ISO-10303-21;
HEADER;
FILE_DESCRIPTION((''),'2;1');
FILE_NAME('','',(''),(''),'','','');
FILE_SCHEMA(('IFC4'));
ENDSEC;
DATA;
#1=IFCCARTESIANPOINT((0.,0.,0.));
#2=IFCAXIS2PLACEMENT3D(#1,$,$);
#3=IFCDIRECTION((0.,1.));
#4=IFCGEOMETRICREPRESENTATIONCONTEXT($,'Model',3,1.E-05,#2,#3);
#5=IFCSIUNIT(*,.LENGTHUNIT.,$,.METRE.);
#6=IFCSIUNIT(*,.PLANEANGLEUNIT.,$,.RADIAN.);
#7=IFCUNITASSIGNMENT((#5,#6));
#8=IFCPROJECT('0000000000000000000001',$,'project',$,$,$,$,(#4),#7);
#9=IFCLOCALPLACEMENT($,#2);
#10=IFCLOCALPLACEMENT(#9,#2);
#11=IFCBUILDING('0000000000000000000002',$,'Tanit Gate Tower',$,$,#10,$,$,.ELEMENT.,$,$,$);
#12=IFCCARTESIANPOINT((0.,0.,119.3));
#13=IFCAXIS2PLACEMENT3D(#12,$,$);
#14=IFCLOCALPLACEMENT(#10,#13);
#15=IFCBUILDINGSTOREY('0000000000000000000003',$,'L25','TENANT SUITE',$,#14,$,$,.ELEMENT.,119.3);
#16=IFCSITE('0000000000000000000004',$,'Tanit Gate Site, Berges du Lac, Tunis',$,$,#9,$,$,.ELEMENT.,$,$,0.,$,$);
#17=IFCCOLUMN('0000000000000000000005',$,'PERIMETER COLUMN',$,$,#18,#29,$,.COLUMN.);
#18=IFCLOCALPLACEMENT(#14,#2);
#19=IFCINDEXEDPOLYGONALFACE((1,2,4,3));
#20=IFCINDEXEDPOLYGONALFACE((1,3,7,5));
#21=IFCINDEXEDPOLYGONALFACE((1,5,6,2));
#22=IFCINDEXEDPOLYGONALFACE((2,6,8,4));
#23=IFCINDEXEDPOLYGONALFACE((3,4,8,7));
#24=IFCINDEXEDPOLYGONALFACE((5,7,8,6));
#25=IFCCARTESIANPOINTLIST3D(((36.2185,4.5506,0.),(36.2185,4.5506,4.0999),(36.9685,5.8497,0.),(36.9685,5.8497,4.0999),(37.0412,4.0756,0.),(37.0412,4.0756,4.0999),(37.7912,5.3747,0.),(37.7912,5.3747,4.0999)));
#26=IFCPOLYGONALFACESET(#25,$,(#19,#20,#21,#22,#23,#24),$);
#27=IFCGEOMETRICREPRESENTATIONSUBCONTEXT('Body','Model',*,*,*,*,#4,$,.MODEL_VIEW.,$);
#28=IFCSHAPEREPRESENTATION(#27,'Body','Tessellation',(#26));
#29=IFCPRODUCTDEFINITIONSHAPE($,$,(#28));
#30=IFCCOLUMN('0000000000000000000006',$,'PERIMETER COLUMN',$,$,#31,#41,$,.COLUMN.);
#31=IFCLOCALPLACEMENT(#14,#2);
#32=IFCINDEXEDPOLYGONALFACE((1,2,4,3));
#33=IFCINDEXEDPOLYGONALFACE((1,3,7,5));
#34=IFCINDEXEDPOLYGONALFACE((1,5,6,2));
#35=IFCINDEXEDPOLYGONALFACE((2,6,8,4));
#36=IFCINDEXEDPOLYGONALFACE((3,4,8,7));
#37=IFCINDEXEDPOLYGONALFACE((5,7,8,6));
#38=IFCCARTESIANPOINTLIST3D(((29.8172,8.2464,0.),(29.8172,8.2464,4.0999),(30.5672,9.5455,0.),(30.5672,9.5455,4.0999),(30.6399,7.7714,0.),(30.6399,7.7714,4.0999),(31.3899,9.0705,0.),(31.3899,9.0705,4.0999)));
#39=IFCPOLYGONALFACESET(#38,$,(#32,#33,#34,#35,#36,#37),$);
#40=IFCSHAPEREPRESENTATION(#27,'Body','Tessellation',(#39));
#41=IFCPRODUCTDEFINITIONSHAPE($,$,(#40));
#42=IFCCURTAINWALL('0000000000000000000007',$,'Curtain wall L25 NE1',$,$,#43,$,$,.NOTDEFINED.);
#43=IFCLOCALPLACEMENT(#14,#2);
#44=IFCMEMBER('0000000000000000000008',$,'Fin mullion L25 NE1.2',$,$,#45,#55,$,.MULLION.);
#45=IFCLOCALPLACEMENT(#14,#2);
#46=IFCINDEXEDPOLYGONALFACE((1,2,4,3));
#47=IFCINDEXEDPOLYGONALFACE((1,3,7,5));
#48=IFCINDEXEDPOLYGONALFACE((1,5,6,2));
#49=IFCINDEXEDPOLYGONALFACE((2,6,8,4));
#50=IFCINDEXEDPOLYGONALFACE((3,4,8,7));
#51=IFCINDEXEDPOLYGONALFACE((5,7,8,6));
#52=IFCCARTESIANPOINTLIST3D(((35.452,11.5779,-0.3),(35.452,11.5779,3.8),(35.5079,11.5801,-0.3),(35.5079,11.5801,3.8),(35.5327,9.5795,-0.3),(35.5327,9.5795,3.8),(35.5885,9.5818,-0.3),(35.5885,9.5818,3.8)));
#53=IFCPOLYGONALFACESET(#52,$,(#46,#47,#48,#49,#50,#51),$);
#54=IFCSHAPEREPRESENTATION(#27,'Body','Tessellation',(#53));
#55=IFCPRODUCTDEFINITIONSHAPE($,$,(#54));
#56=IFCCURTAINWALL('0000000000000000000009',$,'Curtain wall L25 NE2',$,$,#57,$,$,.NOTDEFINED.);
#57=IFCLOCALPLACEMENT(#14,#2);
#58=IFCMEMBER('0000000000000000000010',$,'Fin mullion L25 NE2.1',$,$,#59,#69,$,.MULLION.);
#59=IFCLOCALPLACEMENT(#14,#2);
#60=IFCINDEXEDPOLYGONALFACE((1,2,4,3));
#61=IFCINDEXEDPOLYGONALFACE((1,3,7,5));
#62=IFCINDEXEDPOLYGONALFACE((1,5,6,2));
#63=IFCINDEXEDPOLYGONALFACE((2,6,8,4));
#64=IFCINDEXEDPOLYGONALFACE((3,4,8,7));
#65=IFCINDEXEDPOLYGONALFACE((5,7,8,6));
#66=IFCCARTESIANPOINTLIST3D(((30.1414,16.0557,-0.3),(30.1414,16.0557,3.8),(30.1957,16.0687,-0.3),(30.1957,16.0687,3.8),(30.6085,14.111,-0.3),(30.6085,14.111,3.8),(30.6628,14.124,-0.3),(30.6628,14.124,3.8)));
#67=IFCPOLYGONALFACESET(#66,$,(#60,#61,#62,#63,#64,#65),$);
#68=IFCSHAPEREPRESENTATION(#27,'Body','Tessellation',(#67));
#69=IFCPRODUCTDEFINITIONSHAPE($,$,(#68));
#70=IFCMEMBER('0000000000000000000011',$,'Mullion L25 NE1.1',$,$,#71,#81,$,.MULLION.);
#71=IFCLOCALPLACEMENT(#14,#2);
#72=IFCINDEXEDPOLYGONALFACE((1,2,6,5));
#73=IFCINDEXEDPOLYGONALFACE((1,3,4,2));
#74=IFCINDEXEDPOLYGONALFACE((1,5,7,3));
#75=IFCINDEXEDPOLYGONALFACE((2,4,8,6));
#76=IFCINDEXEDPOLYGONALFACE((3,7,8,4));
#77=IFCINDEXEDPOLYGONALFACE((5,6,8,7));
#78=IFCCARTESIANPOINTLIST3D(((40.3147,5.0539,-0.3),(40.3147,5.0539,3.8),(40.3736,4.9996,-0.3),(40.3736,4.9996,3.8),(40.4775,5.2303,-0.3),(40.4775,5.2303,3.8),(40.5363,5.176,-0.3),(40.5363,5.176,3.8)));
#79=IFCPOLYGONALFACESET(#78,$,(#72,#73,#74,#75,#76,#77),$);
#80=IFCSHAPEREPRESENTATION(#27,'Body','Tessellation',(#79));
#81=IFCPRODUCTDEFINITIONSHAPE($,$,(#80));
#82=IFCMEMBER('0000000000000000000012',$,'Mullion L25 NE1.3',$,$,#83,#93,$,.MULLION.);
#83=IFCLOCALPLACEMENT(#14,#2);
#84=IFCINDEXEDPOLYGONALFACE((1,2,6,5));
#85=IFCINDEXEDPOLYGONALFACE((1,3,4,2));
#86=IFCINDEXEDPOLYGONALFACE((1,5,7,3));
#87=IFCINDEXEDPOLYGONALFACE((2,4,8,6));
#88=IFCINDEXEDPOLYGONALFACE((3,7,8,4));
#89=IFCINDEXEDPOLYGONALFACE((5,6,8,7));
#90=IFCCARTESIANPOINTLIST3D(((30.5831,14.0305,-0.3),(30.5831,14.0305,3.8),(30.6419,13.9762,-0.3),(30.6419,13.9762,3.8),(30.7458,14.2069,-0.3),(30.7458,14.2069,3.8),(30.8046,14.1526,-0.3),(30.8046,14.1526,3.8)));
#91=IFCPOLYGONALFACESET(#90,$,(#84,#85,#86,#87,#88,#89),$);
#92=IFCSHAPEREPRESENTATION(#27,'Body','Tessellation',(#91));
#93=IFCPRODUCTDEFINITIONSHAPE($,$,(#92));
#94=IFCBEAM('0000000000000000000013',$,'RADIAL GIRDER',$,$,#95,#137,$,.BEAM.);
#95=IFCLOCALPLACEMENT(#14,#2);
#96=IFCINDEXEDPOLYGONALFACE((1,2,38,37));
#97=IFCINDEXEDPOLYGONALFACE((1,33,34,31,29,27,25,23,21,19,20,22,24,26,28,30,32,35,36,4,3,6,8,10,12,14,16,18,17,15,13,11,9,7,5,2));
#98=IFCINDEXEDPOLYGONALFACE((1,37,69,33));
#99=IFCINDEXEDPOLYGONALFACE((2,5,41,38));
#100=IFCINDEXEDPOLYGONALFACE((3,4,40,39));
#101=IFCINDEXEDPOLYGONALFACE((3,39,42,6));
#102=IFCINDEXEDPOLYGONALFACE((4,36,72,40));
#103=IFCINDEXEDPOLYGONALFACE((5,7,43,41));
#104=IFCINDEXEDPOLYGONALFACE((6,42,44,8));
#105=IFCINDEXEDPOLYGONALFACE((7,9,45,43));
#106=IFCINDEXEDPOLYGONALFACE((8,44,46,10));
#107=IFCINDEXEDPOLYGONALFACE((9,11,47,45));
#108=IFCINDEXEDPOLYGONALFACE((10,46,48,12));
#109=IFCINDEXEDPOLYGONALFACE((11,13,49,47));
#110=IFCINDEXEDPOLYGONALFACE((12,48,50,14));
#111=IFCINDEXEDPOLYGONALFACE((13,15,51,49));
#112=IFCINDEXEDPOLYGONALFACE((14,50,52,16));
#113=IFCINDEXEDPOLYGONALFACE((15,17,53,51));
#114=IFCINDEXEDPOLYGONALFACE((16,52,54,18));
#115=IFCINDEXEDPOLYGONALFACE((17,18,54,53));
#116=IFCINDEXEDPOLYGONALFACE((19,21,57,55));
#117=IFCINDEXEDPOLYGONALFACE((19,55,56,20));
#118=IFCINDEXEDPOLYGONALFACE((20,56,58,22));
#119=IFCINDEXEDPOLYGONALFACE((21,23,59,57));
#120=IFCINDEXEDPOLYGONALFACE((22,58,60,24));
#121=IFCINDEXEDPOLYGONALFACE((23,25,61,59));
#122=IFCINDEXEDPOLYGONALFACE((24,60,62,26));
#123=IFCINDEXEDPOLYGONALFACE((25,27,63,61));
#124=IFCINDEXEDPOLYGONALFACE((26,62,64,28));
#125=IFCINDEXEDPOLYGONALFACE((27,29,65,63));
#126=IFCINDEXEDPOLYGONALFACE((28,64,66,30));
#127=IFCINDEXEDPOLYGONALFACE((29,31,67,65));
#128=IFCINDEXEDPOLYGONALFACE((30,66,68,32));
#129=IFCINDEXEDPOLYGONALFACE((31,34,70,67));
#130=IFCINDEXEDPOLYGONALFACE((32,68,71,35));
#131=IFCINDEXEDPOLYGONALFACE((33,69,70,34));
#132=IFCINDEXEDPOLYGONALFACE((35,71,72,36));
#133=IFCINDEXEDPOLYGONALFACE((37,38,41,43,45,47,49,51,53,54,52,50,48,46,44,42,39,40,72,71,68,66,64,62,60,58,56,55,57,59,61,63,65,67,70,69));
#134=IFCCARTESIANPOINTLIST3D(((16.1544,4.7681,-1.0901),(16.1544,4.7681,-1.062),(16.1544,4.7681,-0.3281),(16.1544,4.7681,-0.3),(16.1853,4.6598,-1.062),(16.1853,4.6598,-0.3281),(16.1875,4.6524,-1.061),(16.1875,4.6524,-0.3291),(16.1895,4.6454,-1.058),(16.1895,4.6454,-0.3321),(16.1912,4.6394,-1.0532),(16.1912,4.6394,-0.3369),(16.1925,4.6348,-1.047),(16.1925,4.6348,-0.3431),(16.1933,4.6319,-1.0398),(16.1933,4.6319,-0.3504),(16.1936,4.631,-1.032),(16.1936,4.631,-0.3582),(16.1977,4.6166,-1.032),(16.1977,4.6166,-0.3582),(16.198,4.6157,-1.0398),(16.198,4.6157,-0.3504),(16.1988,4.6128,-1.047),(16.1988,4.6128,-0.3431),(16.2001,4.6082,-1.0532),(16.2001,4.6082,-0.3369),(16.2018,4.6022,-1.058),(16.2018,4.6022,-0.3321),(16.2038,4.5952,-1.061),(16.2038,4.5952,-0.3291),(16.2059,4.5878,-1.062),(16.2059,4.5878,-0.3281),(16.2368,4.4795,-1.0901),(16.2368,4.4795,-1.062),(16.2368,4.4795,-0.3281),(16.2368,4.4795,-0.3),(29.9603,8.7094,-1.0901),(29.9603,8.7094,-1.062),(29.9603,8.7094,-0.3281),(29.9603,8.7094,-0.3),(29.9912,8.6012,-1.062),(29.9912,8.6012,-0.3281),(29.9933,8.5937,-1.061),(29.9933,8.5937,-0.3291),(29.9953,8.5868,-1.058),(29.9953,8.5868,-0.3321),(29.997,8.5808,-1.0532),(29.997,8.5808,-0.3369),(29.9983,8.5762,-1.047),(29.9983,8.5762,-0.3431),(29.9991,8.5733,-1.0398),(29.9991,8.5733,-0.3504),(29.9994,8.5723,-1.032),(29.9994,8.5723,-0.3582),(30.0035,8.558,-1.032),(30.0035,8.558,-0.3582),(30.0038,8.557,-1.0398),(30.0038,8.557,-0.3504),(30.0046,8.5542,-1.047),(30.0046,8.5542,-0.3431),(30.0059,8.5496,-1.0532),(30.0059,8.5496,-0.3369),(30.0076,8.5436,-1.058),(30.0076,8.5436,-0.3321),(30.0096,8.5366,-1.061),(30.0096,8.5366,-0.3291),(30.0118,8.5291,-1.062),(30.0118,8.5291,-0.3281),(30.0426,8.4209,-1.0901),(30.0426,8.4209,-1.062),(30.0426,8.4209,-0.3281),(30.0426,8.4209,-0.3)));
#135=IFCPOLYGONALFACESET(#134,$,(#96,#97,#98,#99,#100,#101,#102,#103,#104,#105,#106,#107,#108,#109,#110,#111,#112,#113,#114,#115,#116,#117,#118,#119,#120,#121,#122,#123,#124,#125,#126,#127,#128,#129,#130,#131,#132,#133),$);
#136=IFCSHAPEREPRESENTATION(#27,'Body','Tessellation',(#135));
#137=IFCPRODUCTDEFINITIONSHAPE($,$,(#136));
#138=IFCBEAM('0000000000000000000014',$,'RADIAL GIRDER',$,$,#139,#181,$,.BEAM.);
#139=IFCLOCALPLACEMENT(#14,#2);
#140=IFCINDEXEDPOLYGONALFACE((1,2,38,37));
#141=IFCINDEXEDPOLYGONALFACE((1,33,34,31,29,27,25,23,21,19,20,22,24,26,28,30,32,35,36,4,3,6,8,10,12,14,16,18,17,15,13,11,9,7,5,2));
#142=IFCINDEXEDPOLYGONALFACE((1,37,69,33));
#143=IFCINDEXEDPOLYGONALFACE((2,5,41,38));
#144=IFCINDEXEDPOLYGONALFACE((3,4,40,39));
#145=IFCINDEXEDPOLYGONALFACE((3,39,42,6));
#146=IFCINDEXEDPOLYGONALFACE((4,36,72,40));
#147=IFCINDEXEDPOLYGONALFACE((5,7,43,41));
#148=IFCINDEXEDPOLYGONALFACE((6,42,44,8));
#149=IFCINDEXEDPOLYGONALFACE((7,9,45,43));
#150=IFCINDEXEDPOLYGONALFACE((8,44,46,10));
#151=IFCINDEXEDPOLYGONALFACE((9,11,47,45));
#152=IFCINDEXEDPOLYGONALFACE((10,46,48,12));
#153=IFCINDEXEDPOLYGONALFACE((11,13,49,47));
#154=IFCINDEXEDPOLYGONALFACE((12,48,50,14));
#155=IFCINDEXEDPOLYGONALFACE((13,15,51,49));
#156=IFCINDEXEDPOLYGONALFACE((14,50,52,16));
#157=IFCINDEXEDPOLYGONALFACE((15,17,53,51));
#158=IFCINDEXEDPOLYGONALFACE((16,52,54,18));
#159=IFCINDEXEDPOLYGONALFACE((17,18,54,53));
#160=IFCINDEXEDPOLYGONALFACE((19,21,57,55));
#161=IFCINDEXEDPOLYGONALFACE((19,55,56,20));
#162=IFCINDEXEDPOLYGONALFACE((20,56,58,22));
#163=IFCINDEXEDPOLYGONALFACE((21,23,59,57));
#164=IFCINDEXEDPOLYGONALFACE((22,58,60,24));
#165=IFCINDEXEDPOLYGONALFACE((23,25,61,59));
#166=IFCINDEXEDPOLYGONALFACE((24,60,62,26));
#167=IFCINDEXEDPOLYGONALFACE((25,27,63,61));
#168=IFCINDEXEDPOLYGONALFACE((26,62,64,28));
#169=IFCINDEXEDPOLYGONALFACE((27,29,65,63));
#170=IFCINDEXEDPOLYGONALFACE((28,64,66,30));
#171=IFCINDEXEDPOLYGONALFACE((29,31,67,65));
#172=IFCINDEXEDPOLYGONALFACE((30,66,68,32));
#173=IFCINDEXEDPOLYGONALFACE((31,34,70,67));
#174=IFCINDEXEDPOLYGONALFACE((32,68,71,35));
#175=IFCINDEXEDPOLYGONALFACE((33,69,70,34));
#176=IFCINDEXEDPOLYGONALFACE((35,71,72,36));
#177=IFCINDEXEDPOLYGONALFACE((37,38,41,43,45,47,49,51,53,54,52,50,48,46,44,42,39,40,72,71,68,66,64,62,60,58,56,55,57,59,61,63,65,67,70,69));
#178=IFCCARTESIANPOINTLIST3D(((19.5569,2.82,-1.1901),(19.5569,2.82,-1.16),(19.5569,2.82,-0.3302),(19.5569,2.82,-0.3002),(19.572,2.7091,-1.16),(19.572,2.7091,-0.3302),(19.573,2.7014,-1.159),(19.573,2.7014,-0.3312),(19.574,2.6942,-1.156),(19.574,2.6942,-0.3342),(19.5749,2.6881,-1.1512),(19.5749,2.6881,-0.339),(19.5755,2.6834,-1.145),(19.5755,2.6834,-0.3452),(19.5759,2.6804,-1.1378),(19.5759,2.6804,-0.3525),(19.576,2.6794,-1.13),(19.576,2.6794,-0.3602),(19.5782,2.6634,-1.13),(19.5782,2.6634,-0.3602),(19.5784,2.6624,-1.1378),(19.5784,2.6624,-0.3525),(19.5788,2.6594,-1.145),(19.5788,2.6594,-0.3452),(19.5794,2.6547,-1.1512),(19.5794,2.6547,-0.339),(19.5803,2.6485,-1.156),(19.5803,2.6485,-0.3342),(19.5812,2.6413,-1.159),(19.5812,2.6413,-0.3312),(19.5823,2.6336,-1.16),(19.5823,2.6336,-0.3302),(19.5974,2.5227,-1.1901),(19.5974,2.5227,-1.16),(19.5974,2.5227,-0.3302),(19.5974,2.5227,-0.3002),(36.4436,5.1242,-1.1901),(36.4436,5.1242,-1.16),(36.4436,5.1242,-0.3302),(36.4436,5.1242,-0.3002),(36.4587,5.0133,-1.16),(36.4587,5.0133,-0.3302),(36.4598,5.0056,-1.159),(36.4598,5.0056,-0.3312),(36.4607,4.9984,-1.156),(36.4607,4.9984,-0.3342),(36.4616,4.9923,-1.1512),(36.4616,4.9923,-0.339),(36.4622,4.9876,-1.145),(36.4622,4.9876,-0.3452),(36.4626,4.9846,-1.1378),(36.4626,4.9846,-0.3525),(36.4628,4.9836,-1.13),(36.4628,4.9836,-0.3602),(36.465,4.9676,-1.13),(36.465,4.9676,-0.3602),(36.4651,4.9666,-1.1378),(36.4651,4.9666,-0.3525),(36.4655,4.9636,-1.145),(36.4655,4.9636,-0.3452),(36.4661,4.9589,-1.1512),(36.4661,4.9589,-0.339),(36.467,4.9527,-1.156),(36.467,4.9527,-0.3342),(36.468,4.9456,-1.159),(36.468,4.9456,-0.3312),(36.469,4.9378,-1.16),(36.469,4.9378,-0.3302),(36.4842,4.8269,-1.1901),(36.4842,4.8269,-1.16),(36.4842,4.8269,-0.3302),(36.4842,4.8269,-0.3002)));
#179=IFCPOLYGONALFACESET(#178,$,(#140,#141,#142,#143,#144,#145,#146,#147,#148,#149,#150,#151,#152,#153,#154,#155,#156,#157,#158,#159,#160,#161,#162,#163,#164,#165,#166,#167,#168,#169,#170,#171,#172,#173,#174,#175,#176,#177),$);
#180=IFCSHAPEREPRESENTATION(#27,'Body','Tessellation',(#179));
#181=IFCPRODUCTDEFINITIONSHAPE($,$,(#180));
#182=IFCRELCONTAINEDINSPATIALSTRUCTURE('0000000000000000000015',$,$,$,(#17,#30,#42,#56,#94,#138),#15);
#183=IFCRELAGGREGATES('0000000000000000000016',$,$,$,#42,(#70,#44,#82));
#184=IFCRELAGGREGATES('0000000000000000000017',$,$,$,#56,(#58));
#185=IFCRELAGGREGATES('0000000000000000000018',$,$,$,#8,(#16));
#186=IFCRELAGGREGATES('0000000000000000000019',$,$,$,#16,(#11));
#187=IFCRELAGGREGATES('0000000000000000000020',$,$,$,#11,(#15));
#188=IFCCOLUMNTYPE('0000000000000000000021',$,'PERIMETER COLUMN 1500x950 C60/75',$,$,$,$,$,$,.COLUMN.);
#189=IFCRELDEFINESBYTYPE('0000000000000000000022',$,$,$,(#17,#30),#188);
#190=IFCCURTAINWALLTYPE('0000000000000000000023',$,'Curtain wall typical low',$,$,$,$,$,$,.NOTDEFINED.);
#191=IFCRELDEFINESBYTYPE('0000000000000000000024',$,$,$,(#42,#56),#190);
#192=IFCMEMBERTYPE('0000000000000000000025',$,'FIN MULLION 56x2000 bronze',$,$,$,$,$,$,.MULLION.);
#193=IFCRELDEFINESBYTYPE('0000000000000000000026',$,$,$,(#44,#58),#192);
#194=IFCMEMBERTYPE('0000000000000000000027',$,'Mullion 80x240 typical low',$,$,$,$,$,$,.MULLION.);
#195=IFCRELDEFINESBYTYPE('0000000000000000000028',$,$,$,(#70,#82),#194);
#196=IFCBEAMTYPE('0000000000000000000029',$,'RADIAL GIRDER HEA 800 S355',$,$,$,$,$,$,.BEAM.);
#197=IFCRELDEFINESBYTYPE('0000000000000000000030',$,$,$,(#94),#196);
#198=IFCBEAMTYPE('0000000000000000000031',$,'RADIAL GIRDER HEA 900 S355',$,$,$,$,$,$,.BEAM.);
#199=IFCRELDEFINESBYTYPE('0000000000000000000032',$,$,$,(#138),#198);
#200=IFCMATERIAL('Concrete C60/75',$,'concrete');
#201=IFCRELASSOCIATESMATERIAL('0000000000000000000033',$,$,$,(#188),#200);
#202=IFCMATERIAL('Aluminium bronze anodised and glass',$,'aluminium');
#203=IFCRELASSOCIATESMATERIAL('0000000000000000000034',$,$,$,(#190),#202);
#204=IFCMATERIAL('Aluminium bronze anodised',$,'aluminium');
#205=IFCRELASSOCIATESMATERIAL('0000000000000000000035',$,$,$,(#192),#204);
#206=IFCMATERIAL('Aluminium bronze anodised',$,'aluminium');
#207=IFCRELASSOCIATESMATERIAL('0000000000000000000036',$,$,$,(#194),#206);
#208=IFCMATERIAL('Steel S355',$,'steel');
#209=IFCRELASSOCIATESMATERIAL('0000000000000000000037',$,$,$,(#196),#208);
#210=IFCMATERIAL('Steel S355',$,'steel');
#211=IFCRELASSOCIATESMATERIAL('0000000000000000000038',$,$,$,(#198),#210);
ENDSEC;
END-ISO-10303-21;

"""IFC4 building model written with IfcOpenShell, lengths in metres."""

from ifc_helpers import new_model, si_unit, direction, frame, origin, origin_2d, place, context, subcontext, project, spatial, rectangle, i_section, extrude, material, material_profile, profile_set, type_object, element, aggregate, save


model = new_model("IFC4")

# Units and contexts
model_context = context("Model", 3, precision=1e-05, world=origin(), true_north=direction((0.0, 1.0)))
body_context = subcontext(model_context, "Body", "Model", "MODEL_VIEW")
ifc_project = project(units=[si_unit("LENGTHUNIT", "METRE"), si_unit("PLANEANGLEUNIT", "RADIAN")], contexts=[model_context])

# Site, building, storey
site_placement = place(None, origin())
site = spatial("IfcSite", under=ifc_project, at=site_placement, Name="Tanit Gate Site, Berges du Lac, Tunis", CompositionType="ELEMENT", RefElevation=0.0)
building_placement = place(site_placement, origin())
building = spatial("IfcBuilding", under=site, at=building_placement, Name="Tanit Gate Tower", CompositionType="ELEMENT")
storey_placement = place(building_placement, frame((0.0, 0.0, 119.3)))
storey = spatial("IfcBuildingStorey", under=building, at=storey_placement, Name="L25", Description="TENANT SUITE", CompositionType="ELEMENT", Elevation=119.3)

# Columns
ifc_material_1 = material(Name="Concrete C60/75", Category="concrete")
ifc_material_profile_1 = material_profile(ifc_material_1, rectangle(XDim=1.5, YDim=0.95, at=origin_2d()), Name="RC 1500x950")
ifc_profile_set_1 = profile_set([ifc_material_profile_1], Name="Concrete C60/75")
column_type = type_object("IfcColumnType", Name="PERIMETER COLUMN 1500x950 C60/75", PredefinedType="COLUMN", material=ifc_profile_set_1)
for number, where, z_axis, x_axis, name in (
    (1, (37.0049, 4.9626, 0.0), (0.0, 0.0, 1.0), (0.5, 0.866025, 0.0), "PERIMETER COLUMN"),
    (2, (30.6035, 8.6584, 0.0), (0.0, 0.0, 1.0), (0.5, 0.866025, 0.0), "PERIMETER COLUMN"),
):
    element("IfcColumn", number, at=place(storey_placement, frame(where, z_axis=z_axis, x_axis=x_axis)), inside=storey, type_object=column_type, Name=name, PredefinedType="COLUMN", context=body_context, shape_type="SweptSolid", body=[
        extrude(rectangle(XDim=1.5, YDim=0.95, at=origin_2d()), origin(), (0.0, 0.0, 1.0), 4.0999),
    ])

# Curtain walls, members
ifc_material_2 = material(Name="Aluminium bronze anodised and glass", Category="aluminium")
curtain_wall_type = type_object("IfcCurtainWallType", Name="Curtain wall typical low", PredefinedType="NOTDEFINED", material=ifc_material_2)
curtain_wall_1_placement = place(storey_placement, origin())
curtain_wall_1 = element("IfcCurtainWall", 3, at=curtain_wall_1_placement, inside=storey, type_object=curtain_wall_type, Name="Curtain wall L25 NE1", PredefinedType="NOTDEFINED")
ifc_material_3 = material(Name="Aluminium bronze anodised", Category="aluminium")
ifc_material_profile_2 = material_profile(ifc_material_3, rectangle(XDim=2.0, YDim=0.0559, at=origin_2d()), Name="56x2000 bronze fin mullion")
ifc_profile_set_2 = profile_set([ifc_material_profile_2], Name="Aluminium bronze anodised")
member_type_1 = type_object("IfcMemberType", Name="FIN MULLION 56x2000 bronze", PredefinedType="MULLION", material=ifc_profile_set_2)
member_1_placement = place(storey_placement, frame((35.5203, 10.5798, -0.3), z_axis=(0.0, 0.0, 1.0), x_axis=(0.040326, -0.999187, 0.0)))
member_1 = element("IfcMember", 4, at=member_1_placement, type_object=member_type_1, Name="Fin mullion L25 NE1.2", PredefinedType="MULLION", context=body_context, shape_type="SweptSolid", body=[
    extrude(rectangle(XDim=2.0, YDim=0.0559, at=origin_2d()), origin(), (0.0, 0.0, 1.0), 4.1001),
])
curtain_wall_2_placement = place(storey_placement, origin())
curtain_wall_2 = element("IfcCurtainWall", 5, at=curtain_wall_2_placement, inside=storey, type_object=curtain_wall_type, Name="Curtain wall L25 NE2", PredefinedType="NOTDEFINED")
member_2_placement = place(storey_placement, frame((30.4021, 15.0898, -0.3), z_axis=(0.0, 0.0, 1.0), x_axis=(0.233557, -0.972343, 0.0)))
member_2 = element("IfcMember", 6, at=member_2_placement, type_object=member_type_1, Name="Fin mullion L25 NE2.1", PredefinedType="MULLION", context=body_context, shape_type="SweptSolid", body=[
    extrude(rectangle(XDim=2.0, YDim=0.0559, at=origin_2d()), origin(), (0.0, 0.0, 1.0), 4.1001),
])

# Members
ifc_material_4 = material(Name="Aluminium bronze anodised", Category="aluminium")
ifc_material_profile_3 = material_profile(ifc_material_4, rectangle(XDim=0.24, YDim=0.0801, at=origin_2d()), Name="80x240 bronze mullion")
ifc_profile_set_3 = profile_set([ifc_material_profile_3], Name="Aluminium bronze anodised")
member_type_2 = type_object("IfcMemberType", Name="Mullion 80x240 typical low", PredefinedType="MULLION", material=ifc_profile_set_3)
member_3_placement = place(storey_placement, frame((40.4255, 5.115, -0.3), z_axis=(0.0, 0.0, 1.0), x_axis=(-0.678017, -0.735046, 0.0)))
member_3 = element("IfcMember", 7, at=member_3_placement, type_object=member_type_2, Name="Mullion L25 NE1.1", PredefinedType="MULLION", context=body_context, shape_type="SweptSolid", body=[
    extrude(rectangle(XDim=0.24, YDim=0.0801, at=origin_2d()), origin(), (0.0, 0.0, 1.0), 4.1001),
])
member_4_placement = place(storey_placement, frame((30.6938, 14.0916, -0.3), z_axis=(0.0, 0.0, 1.0), x_axis=(-0.678017, -0.735046, 0.0)))
member_4 = element("IfcMember", 8, at=member_4_placement, type_object=member_type_2, Name="Mullion L25 NE1.3", PredefinedType="MULLION", context=body_context, shape_type="SweptSolid", body=[
    extrude(rectangle(XDim=0.24, YDim=0.0801, at=origin_2d()), origin(), (0.0, 0.0, 1.0), 4.1001),
])

# Beams
ifc_material_5 = material(Name="Steel S355", Category="steel")
ifc_material_profile_4 = material_profile(ifc_material_5, i_section(OverallWidth=0.3, OverallDepth=0.79, WebThickness=0.0149, FlangeThickness=0.0281, FilletRadius=0.03, at=origin_2d()), Name="HEA 800")
ifc_profile_set_4 = profile_set([ifc_material_profile_4], Name="Steel S355")
beam_type_1 = type_object("IfcBeamType", Name="RADIAL GIRDER HEA 800 S355", PredefinedType="BEAM", material=ifc_profile_set_4)
beam_1_placement = place(storey_placement, frame((30.0015, 8.5652, -0.6951), z_axis=(-0.961582, -0.274519, 0.0), x_axis=(0.274519, -0.961582, 0.0)))
element("IfcBeam", 9, at=beam_1_placement, inside=storey, type_object=beam_type_1, Name="RADIAL GIRDER", PredefinedType="BEAM", context=body_context, shape_type="SweptSolid", body=[
    extrude(i_section(OverallWidth=0.3, OverallDepth=0.79, WebThickness=0.0149, FlangeThickness=0.0281, FilletRadius=0.03, at=origin_2d()), origin(), (0.0, 0.0, 1.0), 14.3574),
])
ifc_material_6 = material(Name="Steel S355", Category="steel")
ifc_material_profile_5 = material_profile(ifc_material_6, i_section(OverallWidth=0.3, OverallDepth=0.8899, WebThickness=0.0161, FlangeThickness=0.03, FilletRadius=0.03, at=origin_2d()), Name="HEA 900")
ifc_profile_set_5 = profile_set([ifc_material_profile_5], Name="Steel S355")
beam_type_2 = type_object("IfcBeamType", Name="RADIAL GIRDER HEA 900 S355", PredefinedType="BEAM", material=ifc_profile_set_5)
beam_2_placement = place(storey_placement, frame((36.4639, 4.9756, -0.7451), z_axis=(-0.990819, -0.135198, 0.0), x_axis=(0.135198, -0.990819, 0.0)))
element("IfcBeam", 10, at=beam_2_placement, inside=storey, type_object=beam_type_2, Name="RADIAL GIRDER", PredefinedType="BEAM", context=body_context, shape_type="SweptSolid", body=[
    extrude(i_section(OverallWidth=0.3, OverallDepth=0.8899, WebThickness=0.0161, FlangeThickness=0.03, FilletRadius=0.03, at=origin_2d()), origin(), (0.0, 0.0, 1.0), 17.0432),
])

aggregate(curtain_wall_1, [member_3, member_1, member_4])
aggregate(curtain_wall_2, [member_2])

save(model, "model.ifc")
